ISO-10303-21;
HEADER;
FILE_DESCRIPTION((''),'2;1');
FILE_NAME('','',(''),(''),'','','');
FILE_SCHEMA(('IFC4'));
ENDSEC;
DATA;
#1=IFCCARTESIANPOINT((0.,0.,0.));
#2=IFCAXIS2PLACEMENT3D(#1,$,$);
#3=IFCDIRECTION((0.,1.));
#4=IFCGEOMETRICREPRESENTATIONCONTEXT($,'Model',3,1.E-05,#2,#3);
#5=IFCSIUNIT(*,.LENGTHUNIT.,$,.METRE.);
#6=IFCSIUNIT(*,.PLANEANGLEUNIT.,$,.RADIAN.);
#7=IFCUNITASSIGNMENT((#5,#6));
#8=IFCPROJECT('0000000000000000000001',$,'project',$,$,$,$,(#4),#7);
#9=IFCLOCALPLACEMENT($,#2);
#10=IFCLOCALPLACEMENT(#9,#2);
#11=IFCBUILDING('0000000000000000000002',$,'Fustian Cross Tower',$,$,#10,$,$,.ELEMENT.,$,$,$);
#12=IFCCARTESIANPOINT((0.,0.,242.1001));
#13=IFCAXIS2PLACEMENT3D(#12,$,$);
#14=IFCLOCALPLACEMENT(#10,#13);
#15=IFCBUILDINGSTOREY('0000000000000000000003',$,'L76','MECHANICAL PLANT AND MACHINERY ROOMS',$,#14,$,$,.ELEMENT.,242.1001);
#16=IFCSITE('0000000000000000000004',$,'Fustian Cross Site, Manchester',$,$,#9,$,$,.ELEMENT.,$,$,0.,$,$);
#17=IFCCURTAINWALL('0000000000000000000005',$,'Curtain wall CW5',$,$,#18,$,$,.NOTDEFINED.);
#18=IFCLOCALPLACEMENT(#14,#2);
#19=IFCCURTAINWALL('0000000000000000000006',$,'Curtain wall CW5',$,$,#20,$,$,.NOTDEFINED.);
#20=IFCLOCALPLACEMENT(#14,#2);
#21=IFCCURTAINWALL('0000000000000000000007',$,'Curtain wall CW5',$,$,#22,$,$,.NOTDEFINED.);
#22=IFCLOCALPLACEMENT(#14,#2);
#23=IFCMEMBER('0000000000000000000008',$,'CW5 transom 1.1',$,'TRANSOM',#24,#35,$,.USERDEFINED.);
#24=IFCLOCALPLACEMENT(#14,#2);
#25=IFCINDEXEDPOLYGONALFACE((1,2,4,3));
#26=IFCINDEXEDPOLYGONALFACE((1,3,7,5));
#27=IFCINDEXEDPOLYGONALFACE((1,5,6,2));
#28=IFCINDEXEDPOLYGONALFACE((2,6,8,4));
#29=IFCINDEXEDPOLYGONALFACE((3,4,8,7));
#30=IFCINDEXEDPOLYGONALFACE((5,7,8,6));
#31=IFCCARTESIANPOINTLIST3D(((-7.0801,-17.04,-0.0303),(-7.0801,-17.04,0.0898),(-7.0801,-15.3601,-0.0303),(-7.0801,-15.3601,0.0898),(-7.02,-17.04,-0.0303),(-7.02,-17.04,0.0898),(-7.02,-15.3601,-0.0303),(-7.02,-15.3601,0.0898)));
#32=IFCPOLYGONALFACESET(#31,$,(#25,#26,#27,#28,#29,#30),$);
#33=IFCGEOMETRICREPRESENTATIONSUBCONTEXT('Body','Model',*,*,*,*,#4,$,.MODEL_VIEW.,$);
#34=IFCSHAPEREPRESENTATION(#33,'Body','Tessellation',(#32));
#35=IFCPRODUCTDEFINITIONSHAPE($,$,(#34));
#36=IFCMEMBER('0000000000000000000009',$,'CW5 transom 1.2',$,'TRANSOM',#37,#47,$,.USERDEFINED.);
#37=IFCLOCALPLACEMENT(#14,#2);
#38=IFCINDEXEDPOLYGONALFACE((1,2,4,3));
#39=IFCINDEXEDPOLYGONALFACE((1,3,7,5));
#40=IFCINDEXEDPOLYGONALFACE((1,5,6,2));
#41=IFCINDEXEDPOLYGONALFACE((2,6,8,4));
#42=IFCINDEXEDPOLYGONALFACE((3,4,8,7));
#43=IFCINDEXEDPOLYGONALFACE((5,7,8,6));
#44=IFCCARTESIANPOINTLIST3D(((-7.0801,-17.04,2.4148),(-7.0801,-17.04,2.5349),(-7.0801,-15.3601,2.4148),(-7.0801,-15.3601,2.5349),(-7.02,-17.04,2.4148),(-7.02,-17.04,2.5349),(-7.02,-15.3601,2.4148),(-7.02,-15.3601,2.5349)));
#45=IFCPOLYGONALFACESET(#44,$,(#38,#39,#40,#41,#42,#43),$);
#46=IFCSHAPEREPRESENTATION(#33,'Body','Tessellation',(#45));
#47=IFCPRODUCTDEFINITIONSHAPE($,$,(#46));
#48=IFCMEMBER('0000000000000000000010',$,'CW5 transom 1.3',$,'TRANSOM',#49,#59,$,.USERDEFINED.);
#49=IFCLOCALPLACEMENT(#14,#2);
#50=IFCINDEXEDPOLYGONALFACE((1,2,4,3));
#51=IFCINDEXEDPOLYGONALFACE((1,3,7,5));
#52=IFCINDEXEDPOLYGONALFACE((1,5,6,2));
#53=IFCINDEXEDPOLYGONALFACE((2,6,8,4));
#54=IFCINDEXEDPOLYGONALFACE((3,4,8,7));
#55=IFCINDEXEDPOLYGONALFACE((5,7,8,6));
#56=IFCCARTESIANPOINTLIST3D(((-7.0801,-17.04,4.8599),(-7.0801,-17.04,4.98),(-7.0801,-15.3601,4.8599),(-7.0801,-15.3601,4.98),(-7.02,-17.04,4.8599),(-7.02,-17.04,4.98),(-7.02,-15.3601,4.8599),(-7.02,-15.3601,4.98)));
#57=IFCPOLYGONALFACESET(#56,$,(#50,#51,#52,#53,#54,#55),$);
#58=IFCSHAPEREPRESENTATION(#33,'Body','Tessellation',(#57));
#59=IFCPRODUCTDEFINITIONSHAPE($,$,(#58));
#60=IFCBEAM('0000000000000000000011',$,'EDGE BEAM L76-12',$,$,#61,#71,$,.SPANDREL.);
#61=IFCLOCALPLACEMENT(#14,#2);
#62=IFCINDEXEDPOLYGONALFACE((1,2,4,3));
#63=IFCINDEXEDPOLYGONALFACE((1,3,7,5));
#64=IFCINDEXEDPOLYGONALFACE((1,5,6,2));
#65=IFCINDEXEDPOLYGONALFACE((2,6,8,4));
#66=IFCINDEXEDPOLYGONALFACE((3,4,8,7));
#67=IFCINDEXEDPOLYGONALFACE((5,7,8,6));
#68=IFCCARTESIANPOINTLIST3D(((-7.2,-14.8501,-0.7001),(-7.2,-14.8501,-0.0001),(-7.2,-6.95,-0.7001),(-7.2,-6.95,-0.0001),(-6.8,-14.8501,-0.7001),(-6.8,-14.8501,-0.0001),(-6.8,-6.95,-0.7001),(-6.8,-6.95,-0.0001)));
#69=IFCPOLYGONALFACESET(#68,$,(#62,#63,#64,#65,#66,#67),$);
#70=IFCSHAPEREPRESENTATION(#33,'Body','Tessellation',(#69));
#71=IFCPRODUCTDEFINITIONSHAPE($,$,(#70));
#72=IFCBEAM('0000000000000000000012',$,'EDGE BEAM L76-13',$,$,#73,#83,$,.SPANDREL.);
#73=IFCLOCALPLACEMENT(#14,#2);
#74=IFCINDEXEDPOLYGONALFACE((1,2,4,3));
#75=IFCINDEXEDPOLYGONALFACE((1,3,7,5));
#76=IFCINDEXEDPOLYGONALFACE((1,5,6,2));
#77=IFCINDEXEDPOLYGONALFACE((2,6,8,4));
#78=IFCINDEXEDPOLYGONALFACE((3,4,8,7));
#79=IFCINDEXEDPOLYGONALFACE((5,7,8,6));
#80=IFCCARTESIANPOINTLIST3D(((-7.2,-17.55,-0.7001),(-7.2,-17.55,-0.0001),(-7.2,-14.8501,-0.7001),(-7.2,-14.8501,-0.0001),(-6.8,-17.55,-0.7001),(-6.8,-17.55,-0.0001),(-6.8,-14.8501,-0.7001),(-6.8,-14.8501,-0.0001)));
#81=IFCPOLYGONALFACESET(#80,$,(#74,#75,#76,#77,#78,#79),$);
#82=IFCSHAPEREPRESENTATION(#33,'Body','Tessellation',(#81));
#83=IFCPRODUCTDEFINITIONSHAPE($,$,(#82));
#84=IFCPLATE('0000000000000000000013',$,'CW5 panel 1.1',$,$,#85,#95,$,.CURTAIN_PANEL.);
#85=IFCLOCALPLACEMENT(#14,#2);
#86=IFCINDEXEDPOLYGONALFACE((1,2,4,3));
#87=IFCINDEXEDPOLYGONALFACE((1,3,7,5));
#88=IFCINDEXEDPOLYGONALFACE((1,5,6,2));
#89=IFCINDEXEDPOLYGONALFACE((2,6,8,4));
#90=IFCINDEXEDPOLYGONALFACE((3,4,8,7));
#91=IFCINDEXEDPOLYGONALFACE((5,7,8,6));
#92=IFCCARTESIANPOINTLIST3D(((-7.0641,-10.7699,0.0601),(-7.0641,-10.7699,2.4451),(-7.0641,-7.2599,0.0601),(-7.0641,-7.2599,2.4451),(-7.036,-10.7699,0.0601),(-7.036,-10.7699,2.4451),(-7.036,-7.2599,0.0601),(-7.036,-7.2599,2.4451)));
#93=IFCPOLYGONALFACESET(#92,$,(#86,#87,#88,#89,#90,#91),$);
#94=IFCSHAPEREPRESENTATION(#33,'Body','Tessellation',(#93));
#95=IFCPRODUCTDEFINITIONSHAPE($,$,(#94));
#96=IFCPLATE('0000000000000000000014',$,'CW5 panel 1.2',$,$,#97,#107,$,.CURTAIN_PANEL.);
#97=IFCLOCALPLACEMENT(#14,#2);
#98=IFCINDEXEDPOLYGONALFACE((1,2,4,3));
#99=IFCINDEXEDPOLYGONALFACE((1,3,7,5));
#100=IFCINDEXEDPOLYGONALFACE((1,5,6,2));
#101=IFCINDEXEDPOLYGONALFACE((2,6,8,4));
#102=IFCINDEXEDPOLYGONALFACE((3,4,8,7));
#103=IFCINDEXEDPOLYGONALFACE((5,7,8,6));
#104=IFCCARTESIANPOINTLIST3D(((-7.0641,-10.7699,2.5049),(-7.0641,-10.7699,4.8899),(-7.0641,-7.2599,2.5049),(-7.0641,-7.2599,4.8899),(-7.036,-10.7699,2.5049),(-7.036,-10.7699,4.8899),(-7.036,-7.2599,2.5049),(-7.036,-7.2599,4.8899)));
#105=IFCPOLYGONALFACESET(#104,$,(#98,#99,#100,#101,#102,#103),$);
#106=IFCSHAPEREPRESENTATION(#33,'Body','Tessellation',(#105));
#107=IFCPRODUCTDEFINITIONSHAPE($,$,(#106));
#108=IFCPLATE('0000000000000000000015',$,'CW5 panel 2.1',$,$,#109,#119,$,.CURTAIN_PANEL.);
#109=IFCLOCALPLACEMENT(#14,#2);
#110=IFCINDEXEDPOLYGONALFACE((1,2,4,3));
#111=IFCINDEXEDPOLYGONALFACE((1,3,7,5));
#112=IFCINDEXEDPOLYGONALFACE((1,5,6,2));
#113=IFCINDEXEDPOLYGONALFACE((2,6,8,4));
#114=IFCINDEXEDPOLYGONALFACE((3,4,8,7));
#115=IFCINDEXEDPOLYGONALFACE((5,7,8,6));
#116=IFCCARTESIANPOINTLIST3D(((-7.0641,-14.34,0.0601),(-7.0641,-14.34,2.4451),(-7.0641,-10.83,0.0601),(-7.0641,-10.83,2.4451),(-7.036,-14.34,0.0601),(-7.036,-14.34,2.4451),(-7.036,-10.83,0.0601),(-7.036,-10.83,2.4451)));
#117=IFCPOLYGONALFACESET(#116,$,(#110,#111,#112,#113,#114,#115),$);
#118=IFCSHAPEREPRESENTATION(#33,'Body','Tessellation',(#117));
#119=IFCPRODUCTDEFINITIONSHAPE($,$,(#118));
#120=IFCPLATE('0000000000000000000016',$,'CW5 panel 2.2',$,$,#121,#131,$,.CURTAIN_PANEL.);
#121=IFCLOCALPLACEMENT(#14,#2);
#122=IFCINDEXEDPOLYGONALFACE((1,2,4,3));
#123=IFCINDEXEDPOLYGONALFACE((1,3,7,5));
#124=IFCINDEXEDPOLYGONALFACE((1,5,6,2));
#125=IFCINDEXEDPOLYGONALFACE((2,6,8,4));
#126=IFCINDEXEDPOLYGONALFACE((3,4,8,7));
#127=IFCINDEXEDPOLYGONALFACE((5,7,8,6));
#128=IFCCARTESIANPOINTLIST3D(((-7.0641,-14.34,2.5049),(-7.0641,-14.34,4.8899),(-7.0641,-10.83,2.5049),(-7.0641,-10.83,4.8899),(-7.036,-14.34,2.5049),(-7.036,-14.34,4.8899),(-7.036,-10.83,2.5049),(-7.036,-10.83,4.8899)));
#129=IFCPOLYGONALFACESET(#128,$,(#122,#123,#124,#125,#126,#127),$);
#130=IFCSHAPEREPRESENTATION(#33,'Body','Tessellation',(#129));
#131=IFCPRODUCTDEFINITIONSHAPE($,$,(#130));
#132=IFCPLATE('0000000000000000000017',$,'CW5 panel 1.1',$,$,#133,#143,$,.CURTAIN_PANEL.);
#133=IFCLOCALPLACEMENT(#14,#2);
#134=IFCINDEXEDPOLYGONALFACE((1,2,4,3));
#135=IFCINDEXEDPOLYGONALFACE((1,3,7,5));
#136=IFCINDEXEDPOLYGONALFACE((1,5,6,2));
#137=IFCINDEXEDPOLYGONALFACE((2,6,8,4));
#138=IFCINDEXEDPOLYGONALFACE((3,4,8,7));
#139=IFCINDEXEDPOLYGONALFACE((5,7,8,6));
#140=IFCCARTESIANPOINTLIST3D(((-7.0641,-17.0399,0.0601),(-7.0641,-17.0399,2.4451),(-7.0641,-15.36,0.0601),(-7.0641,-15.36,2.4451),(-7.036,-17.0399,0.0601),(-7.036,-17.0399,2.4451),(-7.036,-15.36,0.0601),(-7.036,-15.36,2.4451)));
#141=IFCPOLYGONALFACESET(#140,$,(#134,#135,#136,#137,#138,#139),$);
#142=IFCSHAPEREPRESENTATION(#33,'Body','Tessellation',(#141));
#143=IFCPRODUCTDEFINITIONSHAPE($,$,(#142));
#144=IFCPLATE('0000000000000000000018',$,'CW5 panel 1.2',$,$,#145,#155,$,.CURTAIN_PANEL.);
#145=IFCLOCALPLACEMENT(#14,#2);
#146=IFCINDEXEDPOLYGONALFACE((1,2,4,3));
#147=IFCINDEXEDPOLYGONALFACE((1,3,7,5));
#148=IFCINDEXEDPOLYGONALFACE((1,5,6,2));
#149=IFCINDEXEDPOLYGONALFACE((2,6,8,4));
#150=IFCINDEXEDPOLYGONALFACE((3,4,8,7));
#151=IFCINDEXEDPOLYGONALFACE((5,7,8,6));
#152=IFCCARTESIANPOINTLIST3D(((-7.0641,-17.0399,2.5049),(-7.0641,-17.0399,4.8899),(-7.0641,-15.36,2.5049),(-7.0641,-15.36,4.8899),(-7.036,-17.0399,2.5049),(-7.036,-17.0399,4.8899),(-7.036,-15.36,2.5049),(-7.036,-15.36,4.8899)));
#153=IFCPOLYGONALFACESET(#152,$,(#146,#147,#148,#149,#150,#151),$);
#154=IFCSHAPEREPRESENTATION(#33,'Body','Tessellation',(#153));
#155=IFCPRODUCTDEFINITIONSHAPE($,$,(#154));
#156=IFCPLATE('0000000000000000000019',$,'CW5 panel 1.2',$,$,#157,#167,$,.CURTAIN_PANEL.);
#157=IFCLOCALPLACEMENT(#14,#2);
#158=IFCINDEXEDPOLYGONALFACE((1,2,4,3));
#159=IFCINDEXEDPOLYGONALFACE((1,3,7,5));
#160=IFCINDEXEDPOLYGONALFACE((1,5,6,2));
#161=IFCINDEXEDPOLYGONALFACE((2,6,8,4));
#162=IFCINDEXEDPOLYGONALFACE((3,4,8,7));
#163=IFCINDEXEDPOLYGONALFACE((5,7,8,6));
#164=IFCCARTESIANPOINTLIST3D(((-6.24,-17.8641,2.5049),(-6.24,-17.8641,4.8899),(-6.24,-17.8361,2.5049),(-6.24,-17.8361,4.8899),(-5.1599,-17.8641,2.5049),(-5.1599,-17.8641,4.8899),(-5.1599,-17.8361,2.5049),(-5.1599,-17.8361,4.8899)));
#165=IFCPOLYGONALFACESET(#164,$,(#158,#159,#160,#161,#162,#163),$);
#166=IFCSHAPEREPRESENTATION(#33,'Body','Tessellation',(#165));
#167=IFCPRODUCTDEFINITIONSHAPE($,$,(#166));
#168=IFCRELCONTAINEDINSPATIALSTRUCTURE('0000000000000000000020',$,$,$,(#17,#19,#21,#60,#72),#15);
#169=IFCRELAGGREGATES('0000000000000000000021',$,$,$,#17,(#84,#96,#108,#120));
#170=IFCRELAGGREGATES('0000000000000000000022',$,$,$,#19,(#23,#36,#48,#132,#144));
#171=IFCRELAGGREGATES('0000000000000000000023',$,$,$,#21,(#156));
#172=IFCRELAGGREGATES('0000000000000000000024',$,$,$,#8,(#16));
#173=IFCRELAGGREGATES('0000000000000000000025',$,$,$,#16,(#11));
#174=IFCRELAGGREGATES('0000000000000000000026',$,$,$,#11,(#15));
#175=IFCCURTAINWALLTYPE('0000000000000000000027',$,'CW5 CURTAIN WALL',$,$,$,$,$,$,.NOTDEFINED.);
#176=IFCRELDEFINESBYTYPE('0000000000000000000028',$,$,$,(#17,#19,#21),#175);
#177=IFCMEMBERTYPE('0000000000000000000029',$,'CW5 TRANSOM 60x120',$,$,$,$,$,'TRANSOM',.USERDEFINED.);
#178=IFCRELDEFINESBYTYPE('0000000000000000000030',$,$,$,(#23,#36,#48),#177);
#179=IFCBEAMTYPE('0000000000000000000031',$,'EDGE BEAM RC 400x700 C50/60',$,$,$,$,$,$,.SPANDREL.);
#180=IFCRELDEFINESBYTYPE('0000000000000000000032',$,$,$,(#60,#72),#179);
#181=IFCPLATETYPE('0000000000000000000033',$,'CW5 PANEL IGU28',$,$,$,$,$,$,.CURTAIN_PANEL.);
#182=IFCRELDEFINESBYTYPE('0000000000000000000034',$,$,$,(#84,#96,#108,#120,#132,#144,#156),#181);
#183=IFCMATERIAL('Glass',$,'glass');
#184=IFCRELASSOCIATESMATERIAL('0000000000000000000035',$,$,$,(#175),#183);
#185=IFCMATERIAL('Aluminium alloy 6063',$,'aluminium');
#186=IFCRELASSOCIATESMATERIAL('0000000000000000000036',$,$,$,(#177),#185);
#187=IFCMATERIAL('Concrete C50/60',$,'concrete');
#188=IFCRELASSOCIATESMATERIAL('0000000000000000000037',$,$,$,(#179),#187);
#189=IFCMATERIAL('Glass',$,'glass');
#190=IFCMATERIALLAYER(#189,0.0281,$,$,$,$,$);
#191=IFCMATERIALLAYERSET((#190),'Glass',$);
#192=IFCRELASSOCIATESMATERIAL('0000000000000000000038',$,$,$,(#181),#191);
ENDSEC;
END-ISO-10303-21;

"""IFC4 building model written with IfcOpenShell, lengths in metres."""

from ifc_helpers import new_model, si_unit, direction, frame, origin, origin_2d, place, context, subcontext, project, spatial, rectangle, extrude, material, layer, layer_set, material_profile, profile_set, type_object, element, aggregate, save


model = new_model("IFC4")

# Units and contexts
model_context = context("Model", 3, precision=1e-05, world=origin(), true_north=direction((0.0, 1.0)))
body_context = subcontext(model_context, "Body", "Model", "MODEL_VIEW")
ifc_project = project(units=[si_unit("LENGTHUNIT", "METRE"), si_unit("PLANEANGLEUNIT", "RADIAN")], contexts=[model_context])

# Site, building, storey
site_placement = place(None, origin())
site = spatial("IfcSite", under=ifc_project, at=site_placement, Name="Fustian Cross Site, Manchester", CompositionType="ELEMENT", RefElevation=0.0)
building_placement = place(site_placement, origin())
building = spatial("IfcBuilding", under=site, at=building_placement, Name="Fustian Cross Tower", CompositionType="ELEMENT")
storey_placement = place(building_placement, frame((0.0, 0.0, 242.1001)))
storey = spatial("IfcBuildingStorey", under=building, at=storey_placement, Name="L76", Description="MECHANICAL PLANT AND MACHINERY ROOMS", CompositionType="ELEMENT", Elevation=242.1001)

# Curtain wall
ifc_material_1 = material(Name="Glass", Category="glass")
curtain_wall_type = type_object("IfcCurtainWallType", Name="CW5 CURTAIN WALL", PredefinedType="NOTDEFINED", material=ifc_material_1)
curtain_wall_1_placement = place(storey_placement, origin())
curtain_wall_1 = element("IfcCurtainWall", 1, at=curtain_wall_1_placement, inside=storey, type_object=curtain_wall_type, Name="Curtain wall CW5", PredefinedType="NOTDEFINED")

# Curtain walls
curtain_wall_2_placement = place(storey_placement, origin())
curtain_wall_2 = element("IfcCurtainWall", 2, at=curtain_wall_2_placement, inside=storey, type_object=curtain_wall_type, Name="Curtain wall CW5", PredefinedType="NOTDEFINED")
curtain_wall_3_placement = place(storey_placement, origin())
curtain_wall_3 = element("IfcCurtainWall", 3, at=curtain_wall_3_placement, inside=storey, type_object=curtain_wall_type, Name="Curtain wall CW5", PredefinedType="NOTDEFINED")

# Members
ifc_material_2 = material(Name="Aluminium alloy 6063", Category="aluminium")
ifc_material_profile_1 = material_profile(ifc_material_2, rectangle(XDim=0.0601, YDim=0.1201, at=origin_2d()), Name="CW5 TRANSOM 60x120")
ifc_profile_set_1 = profile_set([ifc_material_profile_1], Name="Aluminium alloy 6063")
member_type_1 = type_object("IfcMemberType", Name="CW5 TRANSOM 60x120", ElementType="TRANSOM", PredefinedType="USERDEFINED", material=ifc_profile_set_1)
member_1_placement = place(storey_placement, frame((-7.05, -15.3601, 0.0298), z_axis=(0.0, -1.0, 0.0), x_axis=(1.0, 0.0, 0.0)))
member_1 = element("IfcMember", 4, at=member_1_placement, type_object=member_type_1, Name="CW5 transom 1.1", ObjectType="TRANSOM", PredefinedType="USERDEFINED", context=body_context, shape_type="SweptSolid", body=[
    extrude(rectangle(XDim=0.0601, YDim=0.1201, at=origin_2d()), origin(), (0.0, 0.0, 1.0), 1.6799),
])
member_2_placement = place(storey_placement, frame((-7.05, -15.3601, 2.4749), z_axis=(0.0, -1.0, 0.0), x_axis=(1.0, 0.0, 0.0)))
member_2 = element("IfcMember", 5, at=member_2_placement, type_object=member_type_1, Name="CW5 transom 1.2", ObjectType="TRANSOM", PredefinedType="USERDEFINED", context=body_context, shape_type="SweptSolid", body=[
    extrude(rectangle(XDim=0.0601, YDim=0.1201, at=origin_2d()), origin(), (0.0, 0.0, 1.0), 1.6799),
])
member_3_placement = place(storey_placement, frame((-7.05, -15.3601, 4.9199), z_axis=(0.0, -1.0, 0.0), x_axis=(1.0, 0.0, 0.0)))
member_3 = element("IfcMember", 6, at=member_3_placement, type_object=member_type_1, Name="CW5 transom 1.3", ObjectType="TRANSOM", PredefinedType="USERDEFINED", context=body_context, shape_type="SweptSolid", body=[
    extrude(rectangle(XDim=0.0601, YDim=0.1201, at=origin_2d()), origin(), (0.0, 0.0, 1.0), 1.6799),
])

# Beams
ifc_material_3 = material(Name="Concrete C50/60", Category="concrete")
ifc_material_profile_2 = material_profile(ifc_material_3, rectangle(XDim=0.3999, YDim=0.7, at=origin_2d()), Name="RC 400x700")
ifc_profile_set_2 = profile_set([ifc_material_profile_2], Name="Concrete C50/60")
beam_type = type_object("IfcBeamType", Name="EDGE BEAM RC 400x700 C50/60", PredefinedType="SPANDREL", material=ifc_profile_set_2)
beam_1_placement = place(storey_placement, frame((-7.0, -6.95, -0.3501), z_axis=(0.0, -1.0, 0.0), x_axis=(1.0, 0.0, 0.0)))
element("IfcBeam", 7, at=beam_1_placement, inside=storey, type_object=beam_type, Name="EDGE BEAM L76-12", PredefinedType="SPANDREL", context=body_context, shape_type="SweptSolid", body=[
    extrude(rectangle(XDim=0.3999, YDim=0.7, at=origin_2d()), origin(), (0.0, 0.0, 1.0), 7.9001),
])
beam_2_placement = place(storey_placement, frame((-7.0, -14.8501, -0.3501), z_axis=(0.0, -1.0, 0.0), x_axis=(1.0, 0.0, 0.0)))
element("IfcBeam", 8, at=beam_2_placement, inside=storey, type_object=beam_type, Name="EDGE BEAM L76-13", PredefinedType="SPANDREL", context=body_context, shape_type="SweptSolid", body=[
    extrude(rectangle(XDim=0.3999, YDim=0.7, at=origin_2d()), origin(), (0.0, 0.0, 1.0), 2.7),
])

# Plates
ifc_material_4 = material(Name="Glass", Category="glass")
ifc_layer_1 = layer(ifc_material_4, 0.0281)
ifc_layer_set_1 = layer_set([ifc_layer_1], Name="Glass")
plate_type = type_object("IfcPlateType", Name="CW5 PANEL IGU28", PredefinedType="CURTAIN_PANEL", material=ifc_layer_set_1)
plate_1_placement = place(storey_placement, frame((-7.05, -9.0149, 0.0601), z_axis=(0.0, 0.0, 1.0), x_axis=(0.0, -1.0, 0.0)))
plate_1 = element("IfcPlate", 9, at=plate_1_placement, type_object=plate_type, Name="CW5 panel 1.1", PredefinedType="CURTAIN_PANEL", context=body_context, shape_type="SweptSolid", body=[
    extrude(rectangle(XDim=3.51, YDim=0.0281, at=origin_2d()), origin(), (0.0, 0.0, 1.0), 2.385),
])
plate_2_placement = place(storey_placement, frame((-7.05, -9.0149, 2.5049), z_axis=(0.0, 0.0, 1.0), x_axis=(0.0, -1.0, 0.0)))
plate_2 = element("IfcPlate", 10, at=plate_2_placement, type_object=plate_type, Name="CW5 panel 1.2", PredefinedType="CURTAIN_PANEL", context=body_context, shape_type="SweptSolid", body=[
    extrude(rectangle(XDim=3.51, YDim=0.0281, at=origin_2d()), origin(), (0.0, 0.0, 1.0), 2.385),
])
plate_3_placement = place(storey_placement, frame((-7.05, -12.585, 0.0601), z_axis=(0.0, 0.0, 1.0), x_axis=(0.0, -1.0, 0.0)))
plate_3 = element("IfcPlate", 11, at=plate_3_placement, type_object=plate_type, Name="CW5 panel 2.1", PredefinedType="CURTAIN_PANEL", context=body_context, shape_type="SweptSolid", body=[
    extrude(rectangle(XDim=3.51, YDim=0.0281, at=origin_2d()), origin(), (0.0, 0.0, 1.0), 2.385),
])
plate_4_placement = place(storey_placement, frame((-7.05, -12.585, 2.5049), z_axis=(0.0, 0.0, 1.0), x_axis=(0.0, -1.0, 0.0)))
plate_4 = element("IfcPlate", 12, at=plate_4_placement, type_object=plate_type, Name="CW5 panel 2.2", PredefinedType="CURTAIN_PANEL", context=body_context, shape_type="SweptSolid", body=[
    extrude(rectangle(XDim=3.51, YDim=0.0281, at=origin_2d()), origin(), (0.0, 0.0, 1.0), 2.385),
])
aggregate(curtain_wall_1, [plate_1, plate_2, plate_3, plate_4])
plate_5_placement = place(storey_placement, frame((-7.05, -16.2, 0.0601), z_axis=(0.0, 0.0, 1.0), x_axis=(0.0, -1.0, 0.0)))
plate_5 = element("IfcPlate", 13, at=plate_5_placement, type_object=plate_type, Name="CW5 panel 1.1", PredefinedType="CURTAIN_PANEL", context=body_context, shape_type="SweptSolid", body=[
    extrude(rectangle(XDim=1.6799, YDim=0.0281, at=origin_2d()), origin(), (0.0, 0.0, 1.0), 2.385),
])
plate_6_placement = place(storey_placement, frame((-7.05, -16.2, 2.5049), z_axis=(0.0, 0.0, 1.0), x_axis=(0.0, -1.0, 0.0)))
plate_6 = element("IfcPlate", 14, at=plate_6_placement, type_object=plate_type, Name="CW5 panel 1.2", PredefinedType="CURTAIN_PANEL", context=body_context, shape_type="SweptSolid", body=[
    extrude(rectangle(XDim=1.6799, YDim=0.0281, at=origin_2d()), origin(), (0.0, 0.0, 1.0), 2.385),
])
aggregate(curtain_wall_2, [member_1, member_2, member_3, plate_5, plate_6])
plate_7_placement = place(storey_placement, frame((-5.7, -17.8501, 2.5049), z_axis=(0.0, 0.0, 1.0), x_axis=(1.0, 0.0, 0.0)))
plate_7 = element("IfcPlate", 15, at=plate_7_placement, type_object=plate_type, Name="CW5 panel 1.2", PredefinedType="CURTAIN_PANEL", context=body_context, shape_type="SweptSolid", body=[
    extrude(rectangle(XDim=1.0801, YDim=0.0281, at=origin_2d()), origin(), (0.0, 0.0, 1.0), 2.385),
])
aggregate(curtain_wall_3, [plate_7])

save(model, "model.ifc")
